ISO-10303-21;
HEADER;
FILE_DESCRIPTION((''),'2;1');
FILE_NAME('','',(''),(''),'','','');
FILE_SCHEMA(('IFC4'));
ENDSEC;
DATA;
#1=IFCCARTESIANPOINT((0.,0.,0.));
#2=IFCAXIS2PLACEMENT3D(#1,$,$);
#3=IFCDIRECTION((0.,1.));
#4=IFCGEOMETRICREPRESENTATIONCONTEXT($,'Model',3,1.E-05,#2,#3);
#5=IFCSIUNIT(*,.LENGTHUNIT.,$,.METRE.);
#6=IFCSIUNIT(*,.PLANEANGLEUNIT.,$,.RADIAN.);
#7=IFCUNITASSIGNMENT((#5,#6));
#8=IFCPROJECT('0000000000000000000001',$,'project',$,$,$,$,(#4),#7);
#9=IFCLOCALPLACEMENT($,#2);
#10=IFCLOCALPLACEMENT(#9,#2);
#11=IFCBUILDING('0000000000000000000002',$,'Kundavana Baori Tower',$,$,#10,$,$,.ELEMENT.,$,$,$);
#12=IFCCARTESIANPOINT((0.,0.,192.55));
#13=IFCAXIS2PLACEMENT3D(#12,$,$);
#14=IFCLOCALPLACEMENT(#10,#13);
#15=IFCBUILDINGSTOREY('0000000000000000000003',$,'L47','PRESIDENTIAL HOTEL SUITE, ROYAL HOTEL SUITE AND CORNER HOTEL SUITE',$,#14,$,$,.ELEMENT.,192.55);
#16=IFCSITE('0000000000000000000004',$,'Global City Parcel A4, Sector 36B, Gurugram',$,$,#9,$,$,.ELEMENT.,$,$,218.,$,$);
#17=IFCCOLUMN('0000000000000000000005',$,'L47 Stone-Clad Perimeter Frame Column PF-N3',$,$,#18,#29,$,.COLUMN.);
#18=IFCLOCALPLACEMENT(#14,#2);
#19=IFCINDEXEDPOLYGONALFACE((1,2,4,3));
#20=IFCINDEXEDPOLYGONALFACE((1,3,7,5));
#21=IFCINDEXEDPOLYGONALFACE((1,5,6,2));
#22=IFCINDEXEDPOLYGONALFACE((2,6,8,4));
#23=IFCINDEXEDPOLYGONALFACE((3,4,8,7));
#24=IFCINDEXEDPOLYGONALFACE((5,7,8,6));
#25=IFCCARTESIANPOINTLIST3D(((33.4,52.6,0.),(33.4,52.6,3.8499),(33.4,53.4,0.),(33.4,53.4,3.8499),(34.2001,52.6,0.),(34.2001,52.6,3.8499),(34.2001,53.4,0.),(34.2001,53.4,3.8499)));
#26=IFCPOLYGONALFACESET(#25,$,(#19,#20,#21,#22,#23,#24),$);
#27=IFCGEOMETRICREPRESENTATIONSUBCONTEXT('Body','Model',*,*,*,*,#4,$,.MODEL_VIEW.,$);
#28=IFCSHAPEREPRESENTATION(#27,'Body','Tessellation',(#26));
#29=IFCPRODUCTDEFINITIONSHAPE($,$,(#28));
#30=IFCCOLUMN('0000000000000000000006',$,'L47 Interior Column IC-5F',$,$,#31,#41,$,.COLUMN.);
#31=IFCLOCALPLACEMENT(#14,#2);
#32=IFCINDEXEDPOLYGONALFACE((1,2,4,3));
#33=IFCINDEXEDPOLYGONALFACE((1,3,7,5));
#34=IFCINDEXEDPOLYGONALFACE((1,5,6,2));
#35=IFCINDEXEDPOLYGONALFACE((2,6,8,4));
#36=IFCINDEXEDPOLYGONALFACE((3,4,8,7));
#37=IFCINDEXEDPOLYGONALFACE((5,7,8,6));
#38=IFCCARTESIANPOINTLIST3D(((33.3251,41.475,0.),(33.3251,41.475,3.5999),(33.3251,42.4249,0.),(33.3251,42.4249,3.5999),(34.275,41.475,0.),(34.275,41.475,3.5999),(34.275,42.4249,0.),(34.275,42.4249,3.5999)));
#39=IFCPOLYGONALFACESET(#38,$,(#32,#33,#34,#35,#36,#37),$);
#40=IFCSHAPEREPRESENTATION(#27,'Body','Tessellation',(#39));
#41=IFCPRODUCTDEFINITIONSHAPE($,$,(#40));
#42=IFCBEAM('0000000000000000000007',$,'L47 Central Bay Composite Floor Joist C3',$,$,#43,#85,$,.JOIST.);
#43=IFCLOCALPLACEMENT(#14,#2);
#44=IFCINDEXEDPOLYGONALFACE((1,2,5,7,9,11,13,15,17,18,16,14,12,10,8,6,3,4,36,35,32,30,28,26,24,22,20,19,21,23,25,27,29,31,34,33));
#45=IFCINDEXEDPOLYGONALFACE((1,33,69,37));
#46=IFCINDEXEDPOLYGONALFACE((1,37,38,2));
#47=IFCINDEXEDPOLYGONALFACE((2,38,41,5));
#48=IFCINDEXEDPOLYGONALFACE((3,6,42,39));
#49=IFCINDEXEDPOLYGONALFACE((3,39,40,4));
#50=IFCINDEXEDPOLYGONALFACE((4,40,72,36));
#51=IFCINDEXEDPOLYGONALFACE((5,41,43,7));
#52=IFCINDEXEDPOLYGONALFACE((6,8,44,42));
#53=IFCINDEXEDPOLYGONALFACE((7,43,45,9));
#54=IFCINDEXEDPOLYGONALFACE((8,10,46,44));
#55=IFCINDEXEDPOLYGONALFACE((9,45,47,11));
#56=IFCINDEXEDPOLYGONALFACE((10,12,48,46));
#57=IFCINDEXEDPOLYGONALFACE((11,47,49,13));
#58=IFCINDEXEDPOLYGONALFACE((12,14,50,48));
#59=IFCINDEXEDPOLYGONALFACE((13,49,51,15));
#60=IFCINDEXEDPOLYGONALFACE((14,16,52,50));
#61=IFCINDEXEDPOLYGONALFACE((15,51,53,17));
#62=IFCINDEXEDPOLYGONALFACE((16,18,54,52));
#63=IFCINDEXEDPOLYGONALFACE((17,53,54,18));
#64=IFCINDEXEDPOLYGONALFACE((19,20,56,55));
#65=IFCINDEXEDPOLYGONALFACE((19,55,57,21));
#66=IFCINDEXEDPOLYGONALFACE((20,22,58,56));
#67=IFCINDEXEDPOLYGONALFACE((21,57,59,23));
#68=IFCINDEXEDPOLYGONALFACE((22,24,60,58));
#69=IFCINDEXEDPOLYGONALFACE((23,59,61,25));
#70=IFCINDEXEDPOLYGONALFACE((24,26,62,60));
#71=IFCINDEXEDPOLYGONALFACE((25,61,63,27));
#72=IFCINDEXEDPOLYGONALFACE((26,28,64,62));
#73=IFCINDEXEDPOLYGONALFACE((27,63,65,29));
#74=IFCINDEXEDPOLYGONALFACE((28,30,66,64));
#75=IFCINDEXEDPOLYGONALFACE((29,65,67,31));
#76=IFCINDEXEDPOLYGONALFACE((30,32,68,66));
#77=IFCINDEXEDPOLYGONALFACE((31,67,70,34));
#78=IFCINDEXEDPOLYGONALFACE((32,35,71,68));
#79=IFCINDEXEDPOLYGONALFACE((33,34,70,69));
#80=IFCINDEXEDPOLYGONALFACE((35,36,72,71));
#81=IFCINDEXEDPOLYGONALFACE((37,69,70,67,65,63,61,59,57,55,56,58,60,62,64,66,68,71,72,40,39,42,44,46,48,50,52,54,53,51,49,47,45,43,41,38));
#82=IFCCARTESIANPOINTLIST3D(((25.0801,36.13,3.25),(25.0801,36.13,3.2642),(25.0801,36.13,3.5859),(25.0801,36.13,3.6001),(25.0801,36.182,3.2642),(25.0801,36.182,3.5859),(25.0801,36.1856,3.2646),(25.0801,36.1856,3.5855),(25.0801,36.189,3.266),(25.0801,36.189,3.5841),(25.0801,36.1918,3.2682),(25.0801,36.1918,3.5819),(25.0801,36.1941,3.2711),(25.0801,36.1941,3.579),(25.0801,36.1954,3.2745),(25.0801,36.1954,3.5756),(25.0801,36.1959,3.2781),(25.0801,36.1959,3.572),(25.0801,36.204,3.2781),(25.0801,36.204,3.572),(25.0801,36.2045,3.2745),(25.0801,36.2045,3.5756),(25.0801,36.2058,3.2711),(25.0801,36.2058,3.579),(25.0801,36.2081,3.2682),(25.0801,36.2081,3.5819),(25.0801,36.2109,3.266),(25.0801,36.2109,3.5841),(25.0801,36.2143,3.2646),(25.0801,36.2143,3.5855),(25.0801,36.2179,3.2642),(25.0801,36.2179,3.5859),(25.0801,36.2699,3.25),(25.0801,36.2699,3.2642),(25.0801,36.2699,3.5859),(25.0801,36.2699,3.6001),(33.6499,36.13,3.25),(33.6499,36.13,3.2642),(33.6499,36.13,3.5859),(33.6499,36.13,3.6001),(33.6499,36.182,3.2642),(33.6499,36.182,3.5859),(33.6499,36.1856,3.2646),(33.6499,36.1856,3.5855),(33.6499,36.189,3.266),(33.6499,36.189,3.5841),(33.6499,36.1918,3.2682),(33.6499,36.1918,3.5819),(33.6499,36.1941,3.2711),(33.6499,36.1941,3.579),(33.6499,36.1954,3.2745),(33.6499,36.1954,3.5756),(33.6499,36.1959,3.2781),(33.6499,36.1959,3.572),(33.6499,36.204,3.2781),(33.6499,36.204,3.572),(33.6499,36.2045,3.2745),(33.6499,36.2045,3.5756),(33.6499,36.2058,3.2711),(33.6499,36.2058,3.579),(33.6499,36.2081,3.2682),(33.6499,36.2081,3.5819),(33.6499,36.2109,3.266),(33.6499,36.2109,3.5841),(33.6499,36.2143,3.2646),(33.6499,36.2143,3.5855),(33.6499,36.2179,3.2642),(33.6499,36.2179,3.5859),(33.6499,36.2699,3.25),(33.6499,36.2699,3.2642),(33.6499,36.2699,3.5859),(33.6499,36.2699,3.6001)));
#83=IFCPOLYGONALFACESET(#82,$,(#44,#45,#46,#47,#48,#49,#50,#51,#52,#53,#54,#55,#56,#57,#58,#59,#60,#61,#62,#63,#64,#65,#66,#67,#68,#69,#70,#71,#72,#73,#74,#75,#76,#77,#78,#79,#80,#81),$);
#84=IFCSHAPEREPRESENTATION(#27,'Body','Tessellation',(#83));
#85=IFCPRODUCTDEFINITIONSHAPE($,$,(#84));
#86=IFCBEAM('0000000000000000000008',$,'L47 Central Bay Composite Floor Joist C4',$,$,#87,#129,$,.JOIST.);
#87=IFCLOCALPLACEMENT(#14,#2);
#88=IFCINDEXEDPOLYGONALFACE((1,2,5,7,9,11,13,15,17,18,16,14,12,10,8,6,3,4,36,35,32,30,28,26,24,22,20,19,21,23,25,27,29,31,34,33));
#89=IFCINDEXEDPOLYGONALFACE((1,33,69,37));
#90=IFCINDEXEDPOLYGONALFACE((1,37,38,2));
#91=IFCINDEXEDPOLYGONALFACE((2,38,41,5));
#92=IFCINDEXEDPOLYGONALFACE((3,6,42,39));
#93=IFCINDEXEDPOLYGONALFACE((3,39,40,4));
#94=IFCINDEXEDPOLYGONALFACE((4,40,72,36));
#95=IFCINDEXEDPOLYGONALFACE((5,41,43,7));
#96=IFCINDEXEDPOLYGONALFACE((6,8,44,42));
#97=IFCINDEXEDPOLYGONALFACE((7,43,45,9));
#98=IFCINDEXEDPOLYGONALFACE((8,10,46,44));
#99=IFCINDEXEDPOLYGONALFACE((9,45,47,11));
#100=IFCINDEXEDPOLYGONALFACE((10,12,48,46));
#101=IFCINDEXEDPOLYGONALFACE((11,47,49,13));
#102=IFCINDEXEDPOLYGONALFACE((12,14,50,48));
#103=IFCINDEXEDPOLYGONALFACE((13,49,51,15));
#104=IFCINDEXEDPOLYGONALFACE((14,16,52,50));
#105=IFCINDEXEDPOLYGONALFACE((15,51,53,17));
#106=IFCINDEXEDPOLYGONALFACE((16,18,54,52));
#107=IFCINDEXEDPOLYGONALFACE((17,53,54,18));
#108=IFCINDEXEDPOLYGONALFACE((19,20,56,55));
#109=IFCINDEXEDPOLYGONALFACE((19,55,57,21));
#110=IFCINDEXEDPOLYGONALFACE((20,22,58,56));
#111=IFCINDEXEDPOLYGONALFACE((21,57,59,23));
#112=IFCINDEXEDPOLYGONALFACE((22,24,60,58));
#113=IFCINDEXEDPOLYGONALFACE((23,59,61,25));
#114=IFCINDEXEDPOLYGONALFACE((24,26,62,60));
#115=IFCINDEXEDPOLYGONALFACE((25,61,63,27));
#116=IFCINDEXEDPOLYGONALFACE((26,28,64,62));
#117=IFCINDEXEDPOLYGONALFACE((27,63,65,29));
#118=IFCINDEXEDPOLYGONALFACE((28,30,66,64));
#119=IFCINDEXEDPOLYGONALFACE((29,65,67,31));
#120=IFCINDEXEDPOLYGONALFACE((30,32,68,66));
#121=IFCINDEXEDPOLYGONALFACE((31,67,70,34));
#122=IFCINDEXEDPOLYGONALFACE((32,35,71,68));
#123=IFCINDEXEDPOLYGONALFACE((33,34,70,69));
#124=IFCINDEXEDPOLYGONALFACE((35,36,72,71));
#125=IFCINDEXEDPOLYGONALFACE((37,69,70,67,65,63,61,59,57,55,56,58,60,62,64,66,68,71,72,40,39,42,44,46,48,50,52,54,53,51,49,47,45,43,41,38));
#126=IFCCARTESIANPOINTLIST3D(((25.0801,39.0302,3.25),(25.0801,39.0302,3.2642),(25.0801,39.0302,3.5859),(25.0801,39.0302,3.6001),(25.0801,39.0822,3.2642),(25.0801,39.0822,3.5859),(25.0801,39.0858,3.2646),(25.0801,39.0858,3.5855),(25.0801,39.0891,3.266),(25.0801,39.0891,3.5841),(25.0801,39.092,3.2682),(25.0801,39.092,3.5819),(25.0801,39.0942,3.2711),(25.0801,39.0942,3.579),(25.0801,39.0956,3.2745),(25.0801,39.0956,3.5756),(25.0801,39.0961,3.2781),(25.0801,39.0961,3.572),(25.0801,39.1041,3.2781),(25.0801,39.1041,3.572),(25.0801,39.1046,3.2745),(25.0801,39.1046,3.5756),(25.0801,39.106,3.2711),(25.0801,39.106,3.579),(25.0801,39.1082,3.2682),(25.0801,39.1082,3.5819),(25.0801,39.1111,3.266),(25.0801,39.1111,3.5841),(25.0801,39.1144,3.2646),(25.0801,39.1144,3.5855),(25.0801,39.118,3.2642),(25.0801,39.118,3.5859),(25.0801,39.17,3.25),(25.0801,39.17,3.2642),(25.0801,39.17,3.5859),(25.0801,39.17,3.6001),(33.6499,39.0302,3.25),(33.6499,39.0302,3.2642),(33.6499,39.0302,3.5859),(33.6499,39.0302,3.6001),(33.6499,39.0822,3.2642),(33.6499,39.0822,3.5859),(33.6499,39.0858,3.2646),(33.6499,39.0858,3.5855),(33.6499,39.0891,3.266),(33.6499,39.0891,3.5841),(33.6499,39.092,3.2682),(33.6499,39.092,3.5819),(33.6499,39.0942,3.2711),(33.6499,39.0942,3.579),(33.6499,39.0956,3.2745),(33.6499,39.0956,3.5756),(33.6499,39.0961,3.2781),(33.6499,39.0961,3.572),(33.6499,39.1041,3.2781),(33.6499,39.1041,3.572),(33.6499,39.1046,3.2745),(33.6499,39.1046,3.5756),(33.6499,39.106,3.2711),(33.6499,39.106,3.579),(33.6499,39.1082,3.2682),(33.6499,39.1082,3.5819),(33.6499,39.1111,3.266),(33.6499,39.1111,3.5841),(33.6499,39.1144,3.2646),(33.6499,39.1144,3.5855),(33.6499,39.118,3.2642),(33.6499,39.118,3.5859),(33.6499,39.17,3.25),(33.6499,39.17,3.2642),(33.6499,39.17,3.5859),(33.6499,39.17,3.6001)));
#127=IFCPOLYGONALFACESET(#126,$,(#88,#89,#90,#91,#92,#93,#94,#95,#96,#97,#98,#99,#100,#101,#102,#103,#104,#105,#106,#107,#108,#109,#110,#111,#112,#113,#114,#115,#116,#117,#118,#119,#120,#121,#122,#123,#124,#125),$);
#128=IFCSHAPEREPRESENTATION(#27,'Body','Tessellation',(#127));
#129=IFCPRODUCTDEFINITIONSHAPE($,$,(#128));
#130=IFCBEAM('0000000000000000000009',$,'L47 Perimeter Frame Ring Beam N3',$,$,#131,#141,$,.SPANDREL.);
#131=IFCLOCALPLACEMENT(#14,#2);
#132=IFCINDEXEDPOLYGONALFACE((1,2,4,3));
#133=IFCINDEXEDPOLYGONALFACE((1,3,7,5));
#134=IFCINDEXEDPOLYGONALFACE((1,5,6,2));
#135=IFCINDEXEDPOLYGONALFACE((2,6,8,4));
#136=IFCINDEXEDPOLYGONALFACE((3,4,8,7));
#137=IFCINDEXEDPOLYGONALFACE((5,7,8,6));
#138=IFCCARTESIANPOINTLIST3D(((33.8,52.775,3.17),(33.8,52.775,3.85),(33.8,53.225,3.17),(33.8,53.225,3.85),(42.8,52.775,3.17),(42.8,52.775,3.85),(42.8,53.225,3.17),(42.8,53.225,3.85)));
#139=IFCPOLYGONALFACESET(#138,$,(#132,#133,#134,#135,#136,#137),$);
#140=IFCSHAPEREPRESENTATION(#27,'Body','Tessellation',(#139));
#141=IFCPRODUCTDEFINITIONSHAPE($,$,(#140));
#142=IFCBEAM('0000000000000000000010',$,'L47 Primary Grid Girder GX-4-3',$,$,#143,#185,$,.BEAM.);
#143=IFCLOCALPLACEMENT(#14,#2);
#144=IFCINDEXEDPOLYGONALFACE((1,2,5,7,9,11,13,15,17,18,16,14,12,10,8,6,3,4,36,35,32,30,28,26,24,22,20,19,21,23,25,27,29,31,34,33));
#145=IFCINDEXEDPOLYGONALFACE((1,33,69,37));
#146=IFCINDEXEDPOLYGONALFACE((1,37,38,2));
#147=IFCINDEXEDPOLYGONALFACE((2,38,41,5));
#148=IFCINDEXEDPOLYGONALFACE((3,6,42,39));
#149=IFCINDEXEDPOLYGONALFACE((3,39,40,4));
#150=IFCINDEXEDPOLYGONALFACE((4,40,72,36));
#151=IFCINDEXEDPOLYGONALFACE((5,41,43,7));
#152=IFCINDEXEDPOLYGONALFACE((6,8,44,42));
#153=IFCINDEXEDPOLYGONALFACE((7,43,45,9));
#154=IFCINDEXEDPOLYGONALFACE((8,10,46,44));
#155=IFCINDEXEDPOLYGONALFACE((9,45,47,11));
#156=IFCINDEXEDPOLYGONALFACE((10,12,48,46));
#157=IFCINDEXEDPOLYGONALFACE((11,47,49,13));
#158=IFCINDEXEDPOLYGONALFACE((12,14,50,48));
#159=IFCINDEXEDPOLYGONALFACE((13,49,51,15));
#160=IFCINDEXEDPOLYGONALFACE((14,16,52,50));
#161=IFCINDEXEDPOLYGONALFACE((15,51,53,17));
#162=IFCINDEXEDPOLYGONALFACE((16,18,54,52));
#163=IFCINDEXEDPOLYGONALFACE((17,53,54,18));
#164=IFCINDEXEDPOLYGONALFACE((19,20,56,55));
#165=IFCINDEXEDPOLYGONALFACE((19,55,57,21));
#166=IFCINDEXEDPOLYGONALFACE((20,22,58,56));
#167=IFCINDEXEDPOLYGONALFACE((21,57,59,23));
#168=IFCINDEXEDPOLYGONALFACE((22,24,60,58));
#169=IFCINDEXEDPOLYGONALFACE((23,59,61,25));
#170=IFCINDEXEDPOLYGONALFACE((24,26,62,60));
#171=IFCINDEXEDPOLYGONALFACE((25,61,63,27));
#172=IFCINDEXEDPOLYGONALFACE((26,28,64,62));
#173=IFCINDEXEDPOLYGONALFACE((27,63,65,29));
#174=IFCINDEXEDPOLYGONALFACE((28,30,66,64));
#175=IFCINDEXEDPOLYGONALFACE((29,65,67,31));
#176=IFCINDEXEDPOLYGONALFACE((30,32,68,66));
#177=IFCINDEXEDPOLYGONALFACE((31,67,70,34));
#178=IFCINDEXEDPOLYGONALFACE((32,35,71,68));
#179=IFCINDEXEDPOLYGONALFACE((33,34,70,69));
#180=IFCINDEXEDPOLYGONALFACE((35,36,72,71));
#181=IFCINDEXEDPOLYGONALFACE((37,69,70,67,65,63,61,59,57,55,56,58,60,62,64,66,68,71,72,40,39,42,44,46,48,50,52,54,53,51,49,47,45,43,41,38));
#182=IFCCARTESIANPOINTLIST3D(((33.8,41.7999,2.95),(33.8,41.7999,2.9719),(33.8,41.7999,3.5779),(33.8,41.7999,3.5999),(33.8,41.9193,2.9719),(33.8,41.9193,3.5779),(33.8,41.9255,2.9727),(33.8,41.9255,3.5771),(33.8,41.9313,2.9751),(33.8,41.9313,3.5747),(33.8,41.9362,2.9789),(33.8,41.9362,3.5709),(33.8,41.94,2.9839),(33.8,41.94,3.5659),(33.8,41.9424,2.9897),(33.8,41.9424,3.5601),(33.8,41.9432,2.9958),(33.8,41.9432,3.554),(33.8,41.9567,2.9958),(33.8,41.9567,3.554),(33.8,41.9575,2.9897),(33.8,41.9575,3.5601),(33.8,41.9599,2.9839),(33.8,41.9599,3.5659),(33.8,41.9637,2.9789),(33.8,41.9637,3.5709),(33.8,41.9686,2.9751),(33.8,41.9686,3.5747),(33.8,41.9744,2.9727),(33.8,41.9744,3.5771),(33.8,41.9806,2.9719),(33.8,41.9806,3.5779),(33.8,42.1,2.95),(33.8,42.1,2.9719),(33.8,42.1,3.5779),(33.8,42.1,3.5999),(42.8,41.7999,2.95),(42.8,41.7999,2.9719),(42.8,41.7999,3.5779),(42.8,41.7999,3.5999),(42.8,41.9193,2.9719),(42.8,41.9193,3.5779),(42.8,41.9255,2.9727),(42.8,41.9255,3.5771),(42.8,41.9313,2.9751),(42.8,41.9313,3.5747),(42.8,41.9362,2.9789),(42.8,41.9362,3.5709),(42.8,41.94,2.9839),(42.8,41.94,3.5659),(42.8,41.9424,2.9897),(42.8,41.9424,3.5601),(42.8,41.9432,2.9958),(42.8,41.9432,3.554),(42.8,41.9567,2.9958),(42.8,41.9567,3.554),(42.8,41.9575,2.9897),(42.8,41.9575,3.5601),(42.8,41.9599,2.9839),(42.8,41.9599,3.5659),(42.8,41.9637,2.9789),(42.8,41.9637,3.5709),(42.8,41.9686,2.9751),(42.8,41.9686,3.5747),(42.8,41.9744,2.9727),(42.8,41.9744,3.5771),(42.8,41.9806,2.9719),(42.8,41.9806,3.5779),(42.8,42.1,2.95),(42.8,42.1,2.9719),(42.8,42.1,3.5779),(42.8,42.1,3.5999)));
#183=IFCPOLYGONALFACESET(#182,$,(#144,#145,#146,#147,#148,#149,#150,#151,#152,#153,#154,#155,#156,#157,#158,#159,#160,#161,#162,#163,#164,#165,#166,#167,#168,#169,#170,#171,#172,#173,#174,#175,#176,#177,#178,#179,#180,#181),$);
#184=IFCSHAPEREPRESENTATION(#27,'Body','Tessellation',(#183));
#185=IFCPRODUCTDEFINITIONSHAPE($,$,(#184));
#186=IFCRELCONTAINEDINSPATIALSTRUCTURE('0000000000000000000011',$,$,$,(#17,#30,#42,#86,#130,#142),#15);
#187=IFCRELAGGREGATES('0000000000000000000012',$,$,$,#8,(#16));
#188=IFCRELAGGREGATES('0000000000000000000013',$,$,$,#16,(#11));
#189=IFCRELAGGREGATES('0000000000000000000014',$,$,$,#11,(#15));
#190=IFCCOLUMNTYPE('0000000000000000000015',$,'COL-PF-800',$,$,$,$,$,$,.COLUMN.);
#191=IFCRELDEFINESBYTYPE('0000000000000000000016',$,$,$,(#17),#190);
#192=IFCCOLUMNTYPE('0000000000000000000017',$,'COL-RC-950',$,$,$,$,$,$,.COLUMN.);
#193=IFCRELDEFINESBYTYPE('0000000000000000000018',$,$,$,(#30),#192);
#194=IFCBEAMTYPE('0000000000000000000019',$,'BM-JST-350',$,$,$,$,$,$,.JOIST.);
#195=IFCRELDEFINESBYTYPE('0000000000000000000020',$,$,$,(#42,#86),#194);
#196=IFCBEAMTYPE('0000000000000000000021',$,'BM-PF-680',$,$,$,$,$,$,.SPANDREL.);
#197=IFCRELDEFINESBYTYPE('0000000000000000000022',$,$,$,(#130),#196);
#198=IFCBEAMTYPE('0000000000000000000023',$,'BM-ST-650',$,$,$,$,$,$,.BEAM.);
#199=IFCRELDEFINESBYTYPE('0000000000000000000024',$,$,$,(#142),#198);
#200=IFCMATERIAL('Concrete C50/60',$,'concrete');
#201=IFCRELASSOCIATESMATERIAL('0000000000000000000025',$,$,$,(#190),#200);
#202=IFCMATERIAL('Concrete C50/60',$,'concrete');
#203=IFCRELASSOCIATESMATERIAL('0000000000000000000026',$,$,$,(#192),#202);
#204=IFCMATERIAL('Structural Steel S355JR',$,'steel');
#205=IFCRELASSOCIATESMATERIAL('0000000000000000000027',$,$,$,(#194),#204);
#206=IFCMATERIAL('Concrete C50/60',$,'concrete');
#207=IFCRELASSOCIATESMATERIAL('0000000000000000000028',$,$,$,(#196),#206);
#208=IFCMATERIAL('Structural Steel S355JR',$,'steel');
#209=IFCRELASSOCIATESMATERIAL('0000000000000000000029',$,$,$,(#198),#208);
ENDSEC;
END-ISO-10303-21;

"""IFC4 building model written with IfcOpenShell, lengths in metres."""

from ifc_helpers import new_model, si_unit, direction, frame, origin, origin_2d, place, context, subcontext, project, spatial, rectangle, i_section, extrude, material, material_profile, profile_set, type_object, element, save


model = new_model("IFC4")

# Units and contexts
model_context = context("Model", 3, precision=1e-05, world=origin(), true_north=direction((0.0, 1.0)))
body_context = subcontext(model_context, "Body", "Model", "MODEL_VIEW")
ifc_project = project(units=[si_unit("LENGTHUNIT", "METRE"), si_unit("PLANEANGLEUNIT", "RADIAN")], contexts=[model_context])

# Site, building, storey
site_placement = place(None, origin())
site = spatial("IfcSite", under=ifc_project, at=site_placement, Name="Global City Parcel A4, Sector 36B, Gurugram", CompositionType="ELEMENT", RefElevation=218.0)
building_placement = place(site_placement, origin())
building = spatial("IfcBuilding", under=site, at=building_placement, Name="Kundavana Baori Tower", CompositionType="ELEMENT")
storey_placement = place(building_placement, frame((0.0, 0.0, 192.55)))
storey = spatial("IfcBuildingStorey", under=building, at=storey_placement, Name="L47", Description="PRESIDENTIAL HOTEL SUITE, ROYAL HOTEL SUITE AND CORNER HOTEL SUITE", CompositionType="ELEMENT", Elevation=192.55)

# Columns
ifc_material_1 = material(Name="Concrete C50/60", Category="concrete")
ifc_material_profile_1 = material_profile(ifc_material_1, rectangle(XDim=0.8, YDim=0.8, at=origin_2d()), Name="RC PF 800x800")
ifc_profile_set_1 = profile_set([ifc_material_profile_1], Name="Concrete C50/60")
column_type_1 = type_object("IfcColumnType", Name="COL-PF-800", PredefinedType="COLUMN", material=ifc_profile_set_1)
column_1_placement = place(storey_placement, frame((33.8, 53.0, 0.0), z_axis=(0.0, 0.0, 1.0), x_axis=(1.0, 0.0, 0.0)))
element("IfcColumn", 1, at=column_1_placement, inside=storey, type_object=column_type_1, Name="L47 Stone-Clad Perimeter Frame Column PF-N3", PredefinedType="COLUMN", context=body_context, shape_type="SweptSolid", body=[
    extrude(rectangle(XDim=0.8, YDim=0.8, at=origin_2d()), origin(), (0.0, 0.0, 1.0), 3.8499),
])
ifc_material_2 = material(Name="Concrete C50/60", Category="concrete")
ifc_material_profile_2 = material_profile(ifc_material_2, rectangle(XDim=0.95, YDim=0.95, at=origin_2d()), Name="RC 950x950")
ifc_profile_set_2 = profile_set([ifc_material_profile_2], Name="Concrete C50/60")
column_type_2 = type_object("IfcColumnType", Name="COL-RC-950", PredefinedType="COLUMN", material=ifc_profile_set_2)
column_2_placement = place(storey_placement, frame((33.8, 41.95, 0.0), z_axis=(0.0, 0.0, 1.0), x_axis=(1.0, 0.0, 0.0)))
element("IfcColumn", 2, at=column_2_placement, inside=storey, type_object=column_type_2, Name="L47 Interior Column IC-5F", PredefinedType="COLUMN", context=body_context, shape_type="SweptSolid", body=[
    extrude(rectangle(XDim=0.95, YDim=0.95, at=origin_2d()), origin(), (0.0, 0.0, 1.0), 3.5999),
])

# Beams
ifc_material_3 = material(Name="Structural Steel S355JR", Category="steel")
ifc_material_profile_3 = material_profile(ifc_material_3, i_section(OverallWidth=0.1399, OverallDepth=0.3501, WebThickness=0.0081, FlangeThickness=0.0142, FilletRadius=0.0139, at=origin_2d()), Name="ISMB 350")
ifc_profile_set_3 = profile_set([ifc_material_profile_3], Name="Structural Steel S355JR")
beam_type_1 = type_object("IfcBeamType", Name="BM-JST-350", PredefinedType="JOIST", material=ifc_profile_set_3)
for number, where, z_axis, x_axis, name in (
    (3, (25.0801, 36.2, 3.425), (1.0, 0.0, 0.0), (0.0, 1.0, 0.0), "L47 Central Bay Composite Floor Joist C3"),
    (4, (25.0801, 39.1001, 3.425), (1.0, 0.0, 0.0), (0.0, 1.0, 0.0), "L47 Central Bay Composite Floor Joist C4"),
):
    element("IfcBeam", number, at=place(storey_placement, frame(where, z_axis=z_axis, x_axis=x_axis)), inside=storey, type_object=beam_type_1, Name=name, PredefinedType="JOIST", context=body_context, shape_type="SweptSolid", body=[
        extrude(i_section(OverallWidth=0.1399, OverallDepth=0.3501, WebThickness=0.0081, FlangeThickness=0.0142, FilletRadius=0.0139, at=origin_2d()), origin(), (0.0, 0.0, 1.0), 8.5698),
    ])
ifc_material_4 = material(Name="Concrete C50/60", Category="concrete")
ifc_material_profile_4 = material_profile(ifc_material_4, rectangle(XDim=0.45, YDim=0.6799, at=origin_2d()), Name="RC BM 450x680")
ifc_profile_set_4 = profile_set([ifc_material_profile_4], Name="Concrete C50/60")
beam_type_2 = type_object("IfcBeamType", Name="BM-PF-680", PredefinedType="SPANDREL", material=ifc_profile_set_4)
beam_1_placement = place(storey_placement, frame((33.8, 53.0, 3.51), z_axis=(1.0, 0.0, 0.0), x_axis=(0.0, 1.0, 0.0)))
element("IfcBeam", 5, at=beam_1_placement, inside=storey, type_object=beam_type_2, Name="L47 Perimeter Frame Ring Beam N3", PredefinedType="SPANDREL", context=body_context, shape_type="SweptSolid", body=[
    extrude(rectangle(XDim=0.45, YDim=0.6799, at=origin_2d()), origin(), (0.0, 0.0, 1.0), 9.0),
])
ifc_material_5 = material(Name="Structural Steel S355JR", Category="steel")
ifc_material_profile_5 = material_profile(ifc_material_5, i_section(OverallWidth=0.3, OverallDepth=0.6499, WebThickness=0.0134, FlangeThickness=0.022, FilletRadius=0.0239, at=origin_2d()), Name="NPB 650x300x155")
ifc_profile_set_5 = profile_set([ifc_material_profile_5], Name="Structural Steel S355JR")
beam_type_3 = type_object("IfcBeamType", Name="BM-ST-650", PredefinedType="BEAM", material=ifc_profile_set_5)
beam_2_placement = place(storey_placement, frame((33.8, 41.95, 3.2749), z_axis=(1.0, 0.0, 0.0), x_axis=(0.0, 1.0, 0.0)))
element("IfcBeam", 6, at=beam_2_placement, inside=storey, type_object=beam_type_3, Name="L47 Primary Grid Girder GX-4-3", PredefinedType="BEAM", context=body_context, shape_type="SweptSolid", body=[
    extrude(i_section(OverallWidth=0.3, OverallDepth=0.6499, WebThickness=0.0134, FlangeThickness=0.022, FilletRadius=0.0239, at=origin_2d()), origin(), (0.0, 0.0, 1.0), 9.0),
])

save(model, "model.ifc")
